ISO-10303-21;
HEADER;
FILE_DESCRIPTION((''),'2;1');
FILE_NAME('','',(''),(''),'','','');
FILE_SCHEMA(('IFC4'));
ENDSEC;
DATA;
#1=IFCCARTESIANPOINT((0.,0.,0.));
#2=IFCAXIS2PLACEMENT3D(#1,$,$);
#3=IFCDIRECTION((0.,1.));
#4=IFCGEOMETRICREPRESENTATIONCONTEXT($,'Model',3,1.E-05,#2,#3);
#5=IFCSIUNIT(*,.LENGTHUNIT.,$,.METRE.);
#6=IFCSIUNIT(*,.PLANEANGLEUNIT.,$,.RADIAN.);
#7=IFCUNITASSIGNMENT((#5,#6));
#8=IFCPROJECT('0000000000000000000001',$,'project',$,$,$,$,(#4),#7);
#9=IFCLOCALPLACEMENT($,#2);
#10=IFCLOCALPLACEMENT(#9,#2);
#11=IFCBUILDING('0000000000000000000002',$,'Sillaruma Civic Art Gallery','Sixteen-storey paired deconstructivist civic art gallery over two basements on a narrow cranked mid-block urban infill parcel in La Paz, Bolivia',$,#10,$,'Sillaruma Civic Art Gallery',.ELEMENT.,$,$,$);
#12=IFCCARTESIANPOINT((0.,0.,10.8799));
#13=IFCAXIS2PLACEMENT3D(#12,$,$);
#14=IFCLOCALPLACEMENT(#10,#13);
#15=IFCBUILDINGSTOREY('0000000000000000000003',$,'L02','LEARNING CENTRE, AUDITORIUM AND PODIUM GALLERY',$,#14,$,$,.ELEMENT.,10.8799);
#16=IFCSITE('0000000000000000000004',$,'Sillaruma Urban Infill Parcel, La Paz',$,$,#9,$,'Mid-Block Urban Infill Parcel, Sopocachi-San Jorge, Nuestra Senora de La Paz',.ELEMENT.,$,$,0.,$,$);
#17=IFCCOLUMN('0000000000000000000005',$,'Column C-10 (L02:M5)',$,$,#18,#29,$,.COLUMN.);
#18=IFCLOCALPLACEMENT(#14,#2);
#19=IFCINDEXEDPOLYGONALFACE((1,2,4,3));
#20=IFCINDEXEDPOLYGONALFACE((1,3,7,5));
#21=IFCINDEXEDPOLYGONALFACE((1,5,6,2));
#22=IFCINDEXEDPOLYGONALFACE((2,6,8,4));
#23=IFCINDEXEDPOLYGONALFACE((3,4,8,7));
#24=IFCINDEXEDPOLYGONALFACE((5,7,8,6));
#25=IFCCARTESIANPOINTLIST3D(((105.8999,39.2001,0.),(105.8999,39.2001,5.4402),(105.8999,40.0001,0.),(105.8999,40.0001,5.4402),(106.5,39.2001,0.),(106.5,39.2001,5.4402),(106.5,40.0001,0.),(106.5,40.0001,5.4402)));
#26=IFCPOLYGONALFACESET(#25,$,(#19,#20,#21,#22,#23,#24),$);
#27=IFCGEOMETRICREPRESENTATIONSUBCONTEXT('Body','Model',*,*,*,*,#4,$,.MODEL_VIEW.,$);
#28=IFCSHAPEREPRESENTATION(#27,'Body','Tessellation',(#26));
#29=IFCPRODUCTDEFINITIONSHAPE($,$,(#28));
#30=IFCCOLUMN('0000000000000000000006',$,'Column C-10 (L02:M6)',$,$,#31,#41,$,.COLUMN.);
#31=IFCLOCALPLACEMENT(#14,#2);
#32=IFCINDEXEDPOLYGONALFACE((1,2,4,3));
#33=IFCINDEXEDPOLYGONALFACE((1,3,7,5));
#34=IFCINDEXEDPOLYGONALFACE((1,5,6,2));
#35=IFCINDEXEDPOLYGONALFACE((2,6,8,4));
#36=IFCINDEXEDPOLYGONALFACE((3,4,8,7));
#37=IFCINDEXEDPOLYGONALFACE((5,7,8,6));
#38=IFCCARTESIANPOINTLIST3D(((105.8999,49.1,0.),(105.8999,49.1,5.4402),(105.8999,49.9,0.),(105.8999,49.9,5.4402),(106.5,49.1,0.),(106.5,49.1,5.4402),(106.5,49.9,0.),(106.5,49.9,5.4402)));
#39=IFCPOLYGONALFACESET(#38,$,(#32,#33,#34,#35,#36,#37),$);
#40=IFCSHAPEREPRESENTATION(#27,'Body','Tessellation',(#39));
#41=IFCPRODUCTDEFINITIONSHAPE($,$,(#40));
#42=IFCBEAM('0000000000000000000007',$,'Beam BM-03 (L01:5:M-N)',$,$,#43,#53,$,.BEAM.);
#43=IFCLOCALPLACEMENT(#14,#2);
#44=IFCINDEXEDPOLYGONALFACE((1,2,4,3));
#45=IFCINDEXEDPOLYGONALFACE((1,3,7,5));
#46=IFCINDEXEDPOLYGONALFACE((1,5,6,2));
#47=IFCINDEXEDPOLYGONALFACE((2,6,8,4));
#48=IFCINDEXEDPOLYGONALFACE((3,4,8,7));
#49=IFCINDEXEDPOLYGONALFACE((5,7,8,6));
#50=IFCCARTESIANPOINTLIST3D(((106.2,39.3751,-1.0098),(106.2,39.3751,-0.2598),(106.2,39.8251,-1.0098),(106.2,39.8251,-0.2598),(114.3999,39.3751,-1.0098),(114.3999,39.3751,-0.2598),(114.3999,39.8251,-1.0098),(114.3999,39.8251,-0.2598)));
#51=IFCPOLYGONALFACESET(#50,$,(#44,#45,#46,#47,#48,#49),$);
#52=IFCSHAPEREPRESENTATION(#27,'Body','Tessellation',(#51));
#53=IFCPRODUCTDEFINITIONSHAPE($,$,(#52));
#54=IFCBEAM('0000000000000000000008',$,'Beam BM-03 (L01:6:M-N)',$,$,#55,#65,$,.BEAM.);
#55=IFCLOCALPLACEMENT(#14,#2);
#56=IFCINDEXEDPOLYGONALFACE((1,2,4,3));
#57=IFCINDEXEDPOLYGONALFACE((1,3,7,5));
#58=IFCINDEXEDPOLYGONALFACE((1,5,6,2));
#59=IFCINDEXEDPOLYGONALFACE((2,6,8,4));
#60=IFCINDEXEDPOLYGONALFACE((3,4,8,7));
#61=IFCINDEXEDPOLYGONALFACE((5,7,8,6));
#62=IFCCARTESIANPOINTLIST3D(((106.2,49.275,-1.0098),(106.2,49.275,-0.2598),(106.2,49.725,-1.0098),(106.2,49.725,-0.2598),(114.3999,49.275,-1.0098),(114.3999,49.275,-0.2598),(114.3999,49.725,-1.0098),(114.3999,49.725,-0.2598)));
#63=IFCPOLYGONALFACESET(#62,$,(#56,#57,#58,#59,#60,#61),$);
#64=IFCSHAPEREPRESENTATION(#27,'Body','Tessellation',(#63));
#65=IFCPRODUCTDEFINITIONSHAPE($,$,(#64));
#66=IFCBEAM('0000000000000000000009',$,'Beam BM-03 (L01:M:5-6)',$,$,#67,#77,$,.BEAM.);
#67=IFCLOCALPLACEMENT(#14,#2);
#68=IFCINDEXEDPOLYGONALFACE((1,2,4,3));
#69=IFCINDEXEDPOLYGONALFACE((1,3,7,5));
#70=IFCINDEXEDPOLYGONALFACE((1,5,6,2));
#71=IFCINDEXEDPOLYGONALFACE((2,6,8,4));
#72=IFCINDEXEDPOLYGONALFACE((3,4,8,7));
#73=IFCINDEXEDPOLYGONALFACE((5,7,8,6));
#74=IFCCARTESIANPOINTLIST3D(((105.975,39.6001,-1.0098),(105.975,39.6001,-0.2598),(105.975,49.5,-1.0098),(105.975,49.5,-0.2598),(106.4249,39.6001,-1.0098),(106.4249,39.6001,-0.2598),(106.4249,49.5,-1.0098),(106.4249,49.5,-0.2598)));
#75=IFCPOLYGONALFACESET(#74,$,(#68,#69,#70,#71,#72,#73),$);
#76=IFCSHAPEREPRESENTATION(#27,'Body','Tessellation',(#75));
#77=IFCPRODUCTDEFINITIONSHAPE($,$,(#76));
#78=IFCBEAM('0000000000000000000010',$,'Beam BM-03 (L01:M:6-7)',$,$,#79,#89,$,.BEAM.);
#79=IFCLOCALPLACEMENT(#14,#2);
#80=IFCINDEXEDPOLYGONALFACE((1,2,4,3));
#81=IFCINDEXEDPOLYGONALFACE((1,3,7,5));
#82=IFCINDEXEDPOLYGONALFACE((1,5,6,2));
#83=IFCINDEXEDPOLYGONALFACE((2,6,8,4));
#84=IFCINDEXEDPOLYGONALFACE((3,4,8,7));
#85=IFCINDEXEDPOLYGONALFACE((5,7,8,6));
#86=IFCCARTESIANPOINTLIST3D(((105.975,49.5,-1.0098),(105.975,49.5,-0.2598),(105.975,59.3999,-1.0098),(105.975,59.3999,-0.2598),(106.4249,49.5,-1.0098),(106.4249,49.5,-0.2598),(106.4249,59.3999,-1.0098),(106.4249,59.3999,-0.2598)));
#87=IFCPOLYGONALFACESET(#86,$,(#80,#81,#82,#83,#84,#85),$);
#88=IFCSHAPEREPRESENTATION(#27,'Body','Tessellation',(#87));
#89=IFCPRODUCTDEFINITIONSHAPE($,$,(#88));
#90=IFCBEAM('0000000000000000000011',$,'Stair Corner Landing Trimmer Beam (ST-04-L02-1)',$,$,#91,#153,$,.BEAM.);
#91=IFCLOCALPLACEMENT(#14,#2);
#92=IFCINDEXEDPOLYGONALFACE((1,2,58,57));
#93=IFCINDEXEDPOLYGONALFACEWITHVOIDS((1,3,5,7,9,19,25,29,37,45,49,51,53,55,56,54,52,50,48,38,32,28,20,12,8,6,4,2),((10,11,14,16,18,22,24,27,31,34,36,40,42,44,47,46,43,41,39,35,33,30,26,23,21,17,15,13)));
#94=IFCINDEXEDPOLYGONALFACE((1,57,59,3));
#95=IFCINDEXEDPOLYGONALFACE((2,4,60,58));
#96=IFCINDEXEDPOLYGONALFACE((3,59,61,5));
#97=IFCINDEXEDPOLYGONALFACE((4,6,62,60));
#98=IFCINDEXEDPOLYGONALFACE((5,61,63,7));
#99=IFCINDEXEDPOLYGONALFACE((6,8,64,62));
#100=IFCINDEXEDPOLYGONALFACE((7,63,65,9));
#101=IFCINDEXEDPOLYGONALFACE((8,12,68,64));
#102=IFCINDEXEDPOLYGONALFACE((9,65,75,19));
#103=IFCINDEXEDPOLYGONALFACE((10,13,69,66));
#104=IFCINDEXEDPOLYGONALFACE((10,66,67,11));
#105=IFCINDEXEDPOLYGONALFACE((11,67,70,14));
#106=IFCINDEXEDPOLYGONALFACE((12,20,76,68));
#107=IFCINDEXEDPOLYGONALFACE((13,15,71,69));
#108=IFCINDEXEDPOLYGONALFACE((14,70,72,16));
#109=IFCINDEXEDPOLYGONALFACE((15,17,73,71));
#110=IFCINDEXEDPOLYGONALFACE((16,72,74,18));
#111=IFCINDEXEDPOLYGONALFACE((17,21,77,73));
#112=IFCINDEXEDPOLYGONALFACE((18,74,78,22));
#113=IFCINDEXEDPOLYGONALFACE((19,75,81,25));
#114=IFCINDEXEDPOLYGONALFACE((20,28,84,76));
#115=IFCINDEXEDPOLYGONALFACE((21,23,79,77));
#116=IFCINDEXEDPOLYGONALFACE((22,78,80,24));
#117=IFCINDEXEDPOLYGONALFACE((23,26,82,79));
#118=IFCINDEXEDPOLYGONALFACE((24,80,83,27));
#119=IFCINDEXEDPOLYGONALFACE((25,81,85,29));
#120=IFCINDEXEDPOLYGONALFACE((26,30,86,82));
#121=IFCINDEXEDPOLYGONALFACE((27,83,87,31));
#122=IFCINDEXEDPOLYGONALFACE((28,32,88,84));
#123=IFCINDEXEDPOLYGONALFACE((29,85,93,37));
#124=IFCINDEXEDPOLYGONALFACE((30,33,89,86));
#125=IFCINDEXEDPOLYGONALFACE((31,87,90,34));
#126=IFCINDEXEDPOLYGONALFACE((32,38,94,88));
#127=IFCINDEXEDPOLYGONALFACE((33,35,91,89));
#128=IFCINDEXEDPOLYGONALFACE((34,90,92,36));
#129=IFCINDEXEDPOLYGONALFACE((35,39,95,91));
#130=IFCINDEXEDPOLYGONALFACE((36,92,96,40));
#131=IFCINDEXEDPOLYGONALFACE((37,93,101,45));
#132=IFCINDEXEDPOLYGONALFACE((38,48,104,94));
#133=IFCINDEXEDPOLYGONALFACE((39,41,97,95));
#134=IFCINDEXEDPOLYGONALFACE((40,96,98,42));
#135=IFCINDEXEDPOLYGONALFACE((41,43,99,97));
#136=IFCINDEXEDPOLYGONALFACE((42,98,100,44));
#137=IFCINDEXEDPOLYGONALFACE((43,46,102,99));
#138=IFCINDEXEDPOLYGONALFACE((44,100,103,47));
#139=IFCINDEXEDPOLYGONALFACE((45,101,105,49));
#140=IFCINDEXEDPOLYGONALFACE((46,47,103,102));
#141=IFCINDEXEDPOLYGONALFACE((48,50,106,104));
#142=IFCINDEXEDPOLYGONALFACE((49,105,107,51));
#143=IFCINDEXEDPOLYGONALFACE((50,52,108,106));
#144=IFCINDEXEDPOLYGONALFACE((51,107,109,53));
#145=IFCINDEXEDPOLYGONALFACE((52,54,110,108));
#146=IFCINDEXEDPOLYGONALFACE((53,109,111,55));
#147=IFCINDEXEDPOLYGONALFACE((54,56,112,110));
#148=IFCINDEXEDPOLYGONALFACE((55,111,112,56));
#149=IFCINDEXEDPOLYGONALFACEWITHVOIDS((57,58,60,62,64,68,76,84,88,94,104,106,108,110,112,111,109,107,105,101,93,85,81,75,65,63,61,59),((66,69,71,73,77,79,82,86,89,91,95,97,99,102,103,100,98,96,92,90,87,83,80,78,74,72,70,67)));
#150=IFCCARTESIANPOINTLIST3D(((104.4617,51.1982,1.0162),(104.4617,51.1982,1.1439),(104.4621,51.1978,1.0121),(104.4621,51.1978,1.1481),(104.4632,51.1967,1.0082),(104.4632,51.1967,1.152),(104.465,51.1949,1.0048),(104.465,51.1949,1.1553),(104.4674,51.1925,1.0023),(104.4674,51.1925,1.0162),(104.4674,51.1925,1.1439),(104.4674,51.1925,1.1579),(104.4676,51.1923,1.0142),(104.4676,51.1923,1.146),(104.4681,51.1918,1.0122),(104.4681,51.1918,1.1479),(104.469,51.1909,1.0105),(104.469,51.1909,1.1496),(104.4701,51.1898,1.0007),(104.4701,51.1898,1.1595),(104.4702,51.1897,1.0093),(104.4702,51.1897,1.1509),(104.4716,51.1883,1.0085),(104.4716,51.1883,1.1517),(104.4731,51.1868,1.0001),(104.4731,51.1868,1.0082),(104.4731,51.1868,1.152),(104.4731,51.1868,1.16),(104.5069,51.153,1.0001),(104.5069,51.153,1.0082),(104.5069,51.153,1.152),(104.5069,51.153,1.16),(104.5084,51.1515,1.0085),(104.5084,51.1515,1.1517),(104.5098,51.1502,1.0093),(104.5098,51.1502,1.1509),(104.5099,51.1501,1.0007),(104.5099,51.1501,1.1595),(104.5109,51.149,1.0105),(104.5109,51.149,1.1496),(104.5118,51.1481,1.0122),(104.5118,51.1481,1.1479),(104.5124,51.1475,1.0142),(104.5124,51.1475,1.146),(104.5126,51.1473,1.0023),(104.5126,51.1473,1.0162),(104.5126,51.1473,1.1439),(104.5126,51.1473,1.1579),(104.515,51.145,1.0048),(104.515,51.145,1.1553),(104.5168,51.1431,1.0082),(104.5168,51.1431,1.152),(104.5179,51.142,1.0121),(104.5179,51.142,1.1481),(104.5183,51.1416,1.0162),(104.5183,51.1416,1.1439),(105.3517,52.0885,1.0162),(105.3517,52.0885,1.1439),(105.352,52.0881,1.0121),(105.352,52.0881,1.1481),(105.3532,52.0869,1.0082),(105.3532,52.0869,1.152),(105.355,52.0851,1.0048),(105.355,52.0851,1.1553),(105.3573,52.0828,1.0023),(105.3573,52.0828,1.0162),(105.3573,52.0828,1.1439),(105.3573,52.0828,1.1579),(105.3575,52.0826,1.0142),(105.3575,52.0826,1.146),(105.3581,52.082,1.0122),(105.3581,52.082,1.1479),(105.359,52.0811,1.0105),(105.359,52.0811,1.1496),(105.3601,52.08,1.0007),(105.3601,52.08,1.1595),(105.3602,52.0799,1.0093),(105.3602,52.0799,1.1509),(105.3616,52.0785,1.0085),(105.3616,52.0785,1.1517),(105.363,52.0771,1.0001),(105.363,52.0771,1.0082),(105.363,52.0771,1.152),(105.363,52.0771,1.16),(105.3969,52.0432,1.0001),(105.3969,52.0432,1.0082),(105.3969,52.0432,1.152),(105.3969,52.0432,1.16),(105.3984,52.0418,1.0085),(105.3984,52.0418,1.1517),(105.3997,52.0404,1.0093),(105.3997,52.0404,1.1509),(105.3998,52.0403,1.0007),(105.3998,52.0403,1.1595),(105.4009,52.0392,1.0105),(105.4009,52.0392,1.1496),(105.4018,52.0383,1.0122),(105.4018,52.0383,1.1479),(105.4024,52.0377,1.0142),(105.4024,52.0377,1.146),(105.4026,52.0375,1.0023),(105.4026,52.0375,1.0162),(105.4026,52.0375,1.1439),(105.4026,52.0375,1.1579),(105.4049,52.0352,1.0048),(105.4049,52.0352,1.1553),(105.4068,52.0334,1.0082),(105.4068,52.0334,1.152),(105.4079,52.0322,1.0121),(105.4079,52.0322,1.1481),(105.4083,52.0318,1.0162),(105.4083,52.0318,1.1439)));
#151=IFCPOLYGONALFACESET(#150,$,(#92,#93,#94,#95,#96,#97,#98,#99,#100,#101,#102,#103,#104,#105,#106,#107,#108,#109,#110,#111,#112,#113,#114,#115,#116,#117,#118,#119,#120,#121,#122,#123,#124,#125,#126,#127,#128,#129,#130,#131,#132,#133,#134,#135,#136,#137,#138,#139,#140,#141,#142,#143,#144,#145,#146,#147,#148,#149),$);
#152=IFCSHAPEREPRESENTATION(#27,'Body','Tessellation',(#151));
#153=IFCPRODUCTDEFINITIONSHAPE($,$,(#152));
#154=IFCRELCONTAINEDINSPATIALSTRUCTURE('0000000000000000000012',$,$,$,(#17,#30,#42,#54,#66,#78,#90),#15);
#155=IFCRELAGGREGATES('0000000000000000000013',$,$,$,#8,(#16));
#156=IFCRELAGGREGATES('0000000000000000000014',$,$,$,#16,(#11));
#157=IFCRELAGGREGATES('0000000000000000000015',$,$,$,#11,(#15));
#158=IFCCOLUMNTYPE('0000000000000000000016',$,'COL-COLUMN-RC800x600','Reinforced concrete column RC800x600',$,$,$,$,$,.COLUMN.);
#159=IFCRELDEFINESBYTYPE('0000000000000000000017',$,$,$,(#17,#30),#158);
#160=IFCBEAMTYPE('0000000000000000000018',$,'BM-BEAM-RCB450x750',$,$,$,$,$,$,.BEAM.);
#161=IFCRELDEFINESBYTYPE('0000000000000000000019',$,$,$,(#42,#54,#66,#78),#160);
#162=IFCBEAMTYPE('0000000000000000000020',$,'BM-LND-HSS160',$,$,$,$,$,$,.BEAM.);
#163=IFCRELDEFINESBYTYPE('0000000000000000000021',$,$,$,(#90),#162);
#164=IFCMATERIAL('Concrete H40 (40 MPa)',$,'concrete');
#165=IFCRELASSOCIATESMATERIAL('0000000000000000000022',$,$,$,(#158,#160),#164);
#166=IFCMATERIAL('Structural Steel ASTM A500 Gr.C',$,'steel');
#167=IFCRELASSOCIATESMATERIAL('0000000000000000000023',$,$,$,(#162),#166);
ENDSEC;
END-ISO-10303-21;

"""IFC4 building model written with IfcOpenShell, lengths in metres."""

from ifc_helpers import new_model, si_unit, direction, frame, origin, origin_2d, place, context, subcontext, project, spatial, rectangle, hollow_rectangle, extrude, material, material_profile, profile_set, type_object, element, save


model = new_model("IFC4")

# Units and contexts
model_context = context("Model", 3, precision=1e-05, world=origin(), true_north=direction((0.0, 1.0)))
body_context = subcontext(model_context, "Body", "Model", "MODEL_VIEW")
ifc_project = project(units=[si_unit("LENGTHUNIT", "METRE"), si_unit("PLANEANGLEUNIT", "RADIAN")], contexts=[model_context])

# Site, building, storey
site_placement = place(None, origin())
site = spatial("IfcSite", under=ifc_project, at=site_placement, Name="Sillaruma Urban Infill Parcel, La Paz", LongName="Mid-Block Urban Infill Parcel, Sopocachi-San Jorge, Nuestra Senora de La Paz", CompositionType="ELEMENT", RefElevation=0.0)
building_placement = place(site_placement, origin())
building = spatial("IfcBuilding", under=site, at=building_placement, Name="Sillaruma Civic Art Gallery", Description="Sixteen-storey paired deconstructivist civic art gallery over two basements on a narrow cranked mid-block urban infill parcel in La Paz, Bolivia", LongName="Sillaruma Civic Art Gallery", CompositionType="ELEMENT")
storey_placement = place(building_placement, frame((0.0, 0.0, 10.8799)))
storey = spatial("IfcBuildingStorey", under=building, at=storey_placement, Name="L02", Description="LEARNING CENTRE, AUDITORIUM AND PODIUM GALLERY", CompositionType="ELEMENT", Elevation=10.8799)

# Columns
ifc_material_1 = material(Name="Concrete H40 (40 MPa)", Category="concrete")
ifc_material_profile_1 = material_profile(ifc_material_1, rectangle(XDim=0.6001, YDim=0.8, at=origin_2d()), Name="RC800x600")
ifc_profile_set_1 = profile_set([ifc_material_profile_1], Name="Concrete H40 (40 MPa)")
column_type = type_object("IfcColumnType", Name="COL-COLUMN-RC800x600", Description="Reinforced concrete column RC800x600", PredefinedType="COLUMN", material=ifc_profile_set_1)
for number, where, z_axis, x_axis, name in (
    (1, (106.2, 39.6001, 0.0), (0.0, 0.0, 1.0), (1.0, 0.0, 0.0), "Column C-10 (L02:M5)"),
    (2, (106.2, 49.5, 0.0), (0.0, 0.0, 1.0), (1.0, 0.0, 0.0), "Column C-10 (L02:M6)"),
):
    element("IfcColumn", number, at=place(storey_placement, frame(where, z_axis=z_axis, x_axis=x_axis)), inside=storey, type_object=column_type, Name=name, PredefinedType="COLUMN", context=body_context, shape_type="SweptSolid", body=[
        extrude(rectangle(XDim=0.6001, YDim=0.8, at=origin_2d()), origin(), (0.0, 0.0, 1.0), 5.4402),
    ])

# Beams
ifc_material_profile_2 = material_profile(ifc_material_1, rectangle(XDim=0.45, YDim=0.75, at=origin_2d()), Name="RCB450x750")
ifc_profile_set_2 = profile_set([ifc_material_profile_2], Name="Concrete H40 (40 MPa)")
beam_type_1 = type_object("IfcBeamType", Name="BM-BEAM-RCB450x750", PredefinedType="BEAM", material=ifc_profile_set_2)
for number, where, z_axis, x_axis, name in (
    (3, (106.2, 39.6001, -0.6348), (1.0, 0.0, 0.0), (0.0, 1.0, 0.0), "Beam BM-03 (L01:5:M-N)"),
    (4, (106.2, 49.5, -0.6348), (1.0, 0.0, 0.0), (0.0, 1.0, 0.0), "Beam BM-03 (L01:6:M-N)"),
):
    element("IfcBeam", number, at=place(storey_placement, frame(where, z_axis=z_axis, x_axis=x_axis)), inside=storey, type_object=beam_type_1, Name=name, PredefinedType="BEAM", context=body_context, shape_type="SweptSolid", body=[
        extrude(rectangle(XDim=0.45, YDim=0.75, at=origin_2d()), origin(), (0.0, 0.0, 1.0), 8.2),
    ])
for number, where, z_axis, x_axis, name in (
    (5, (106.2, 39.6001, -0.6348), (0.0, 1.0, 0.0), (-1.0, 0.0, 0.0), "Beam BM-03 (L01:M:5-6)"),
    (6, (106.2, 49.5, -0.6348), (0.0, 1.0, 0.0), (-1.0, 0.0, 0.0), "Beam BM-03 (L01:M:6-7)"),
):
    element("IfcBeam", number, at=place(storey_placement, frame(where, z_axis=z_axis, x_axis=x_axis)), inside=storey, type_object=beam_type_1, Name=name, PredefinedType="BEAM", context=body_context, shape_type="SweptSolid", body=[
        extrude(rectangle(XDim=0.45, YDim=0.75, at=origin_2d()), origin(), (0.0, 0.0, 1.0), 9.8999),
    ])
ifc_material_2 = material(Name="Structural Steel ASTM A500 Gr.C", Category="steel")
ifc_material_profile_3 = material_profile(ifc_material_2, hollow_rectangle(XDim=0.0801, YDim=0.1599, WallThickness=0.0081, InnerFilletRadius=0.0081, OuterFilletRadius=0.0161, at=origin_2d()), Name="HSS160x80x8")
ifc_profile_set_3 = profile_set([ifc_material_profile_3], Name="Structural Steel ASTM A500 Gr.C")
beam_type_2 = type_object("IfcBeamType", Name="BM-LND-HSS160", PredefinedType="BEAM", material=ifc_profile_set_3)
beam_placement = place(storey_placement, frame((104.49, 51.1699, 1.0801), z_axis=(0.70701, 0.707204, 0.0), x_axis=(-0.707204, 0.70701, 0.0)))
element("IfcBeam", 7, at=beam_placement, inside=storey, type_object=beam_type_2, Name="Stair Corner Landing Trimmer Beam (ST-04-L02-1)", PredefinedType="BEAM", context=body_context, shape_type="SweptSolid", body=[
    extrude(hollow_rectangle(XDim=0.0801, YDim=0.1599, WallThickness=0.0081, InnerFilletRadius=0.0081, OuterFilletRadius=0.0161, at=origin_2d()), origin(), (0.0, 0.0, 1.0), 1.2588),
])

save(model, "model.ifc")
